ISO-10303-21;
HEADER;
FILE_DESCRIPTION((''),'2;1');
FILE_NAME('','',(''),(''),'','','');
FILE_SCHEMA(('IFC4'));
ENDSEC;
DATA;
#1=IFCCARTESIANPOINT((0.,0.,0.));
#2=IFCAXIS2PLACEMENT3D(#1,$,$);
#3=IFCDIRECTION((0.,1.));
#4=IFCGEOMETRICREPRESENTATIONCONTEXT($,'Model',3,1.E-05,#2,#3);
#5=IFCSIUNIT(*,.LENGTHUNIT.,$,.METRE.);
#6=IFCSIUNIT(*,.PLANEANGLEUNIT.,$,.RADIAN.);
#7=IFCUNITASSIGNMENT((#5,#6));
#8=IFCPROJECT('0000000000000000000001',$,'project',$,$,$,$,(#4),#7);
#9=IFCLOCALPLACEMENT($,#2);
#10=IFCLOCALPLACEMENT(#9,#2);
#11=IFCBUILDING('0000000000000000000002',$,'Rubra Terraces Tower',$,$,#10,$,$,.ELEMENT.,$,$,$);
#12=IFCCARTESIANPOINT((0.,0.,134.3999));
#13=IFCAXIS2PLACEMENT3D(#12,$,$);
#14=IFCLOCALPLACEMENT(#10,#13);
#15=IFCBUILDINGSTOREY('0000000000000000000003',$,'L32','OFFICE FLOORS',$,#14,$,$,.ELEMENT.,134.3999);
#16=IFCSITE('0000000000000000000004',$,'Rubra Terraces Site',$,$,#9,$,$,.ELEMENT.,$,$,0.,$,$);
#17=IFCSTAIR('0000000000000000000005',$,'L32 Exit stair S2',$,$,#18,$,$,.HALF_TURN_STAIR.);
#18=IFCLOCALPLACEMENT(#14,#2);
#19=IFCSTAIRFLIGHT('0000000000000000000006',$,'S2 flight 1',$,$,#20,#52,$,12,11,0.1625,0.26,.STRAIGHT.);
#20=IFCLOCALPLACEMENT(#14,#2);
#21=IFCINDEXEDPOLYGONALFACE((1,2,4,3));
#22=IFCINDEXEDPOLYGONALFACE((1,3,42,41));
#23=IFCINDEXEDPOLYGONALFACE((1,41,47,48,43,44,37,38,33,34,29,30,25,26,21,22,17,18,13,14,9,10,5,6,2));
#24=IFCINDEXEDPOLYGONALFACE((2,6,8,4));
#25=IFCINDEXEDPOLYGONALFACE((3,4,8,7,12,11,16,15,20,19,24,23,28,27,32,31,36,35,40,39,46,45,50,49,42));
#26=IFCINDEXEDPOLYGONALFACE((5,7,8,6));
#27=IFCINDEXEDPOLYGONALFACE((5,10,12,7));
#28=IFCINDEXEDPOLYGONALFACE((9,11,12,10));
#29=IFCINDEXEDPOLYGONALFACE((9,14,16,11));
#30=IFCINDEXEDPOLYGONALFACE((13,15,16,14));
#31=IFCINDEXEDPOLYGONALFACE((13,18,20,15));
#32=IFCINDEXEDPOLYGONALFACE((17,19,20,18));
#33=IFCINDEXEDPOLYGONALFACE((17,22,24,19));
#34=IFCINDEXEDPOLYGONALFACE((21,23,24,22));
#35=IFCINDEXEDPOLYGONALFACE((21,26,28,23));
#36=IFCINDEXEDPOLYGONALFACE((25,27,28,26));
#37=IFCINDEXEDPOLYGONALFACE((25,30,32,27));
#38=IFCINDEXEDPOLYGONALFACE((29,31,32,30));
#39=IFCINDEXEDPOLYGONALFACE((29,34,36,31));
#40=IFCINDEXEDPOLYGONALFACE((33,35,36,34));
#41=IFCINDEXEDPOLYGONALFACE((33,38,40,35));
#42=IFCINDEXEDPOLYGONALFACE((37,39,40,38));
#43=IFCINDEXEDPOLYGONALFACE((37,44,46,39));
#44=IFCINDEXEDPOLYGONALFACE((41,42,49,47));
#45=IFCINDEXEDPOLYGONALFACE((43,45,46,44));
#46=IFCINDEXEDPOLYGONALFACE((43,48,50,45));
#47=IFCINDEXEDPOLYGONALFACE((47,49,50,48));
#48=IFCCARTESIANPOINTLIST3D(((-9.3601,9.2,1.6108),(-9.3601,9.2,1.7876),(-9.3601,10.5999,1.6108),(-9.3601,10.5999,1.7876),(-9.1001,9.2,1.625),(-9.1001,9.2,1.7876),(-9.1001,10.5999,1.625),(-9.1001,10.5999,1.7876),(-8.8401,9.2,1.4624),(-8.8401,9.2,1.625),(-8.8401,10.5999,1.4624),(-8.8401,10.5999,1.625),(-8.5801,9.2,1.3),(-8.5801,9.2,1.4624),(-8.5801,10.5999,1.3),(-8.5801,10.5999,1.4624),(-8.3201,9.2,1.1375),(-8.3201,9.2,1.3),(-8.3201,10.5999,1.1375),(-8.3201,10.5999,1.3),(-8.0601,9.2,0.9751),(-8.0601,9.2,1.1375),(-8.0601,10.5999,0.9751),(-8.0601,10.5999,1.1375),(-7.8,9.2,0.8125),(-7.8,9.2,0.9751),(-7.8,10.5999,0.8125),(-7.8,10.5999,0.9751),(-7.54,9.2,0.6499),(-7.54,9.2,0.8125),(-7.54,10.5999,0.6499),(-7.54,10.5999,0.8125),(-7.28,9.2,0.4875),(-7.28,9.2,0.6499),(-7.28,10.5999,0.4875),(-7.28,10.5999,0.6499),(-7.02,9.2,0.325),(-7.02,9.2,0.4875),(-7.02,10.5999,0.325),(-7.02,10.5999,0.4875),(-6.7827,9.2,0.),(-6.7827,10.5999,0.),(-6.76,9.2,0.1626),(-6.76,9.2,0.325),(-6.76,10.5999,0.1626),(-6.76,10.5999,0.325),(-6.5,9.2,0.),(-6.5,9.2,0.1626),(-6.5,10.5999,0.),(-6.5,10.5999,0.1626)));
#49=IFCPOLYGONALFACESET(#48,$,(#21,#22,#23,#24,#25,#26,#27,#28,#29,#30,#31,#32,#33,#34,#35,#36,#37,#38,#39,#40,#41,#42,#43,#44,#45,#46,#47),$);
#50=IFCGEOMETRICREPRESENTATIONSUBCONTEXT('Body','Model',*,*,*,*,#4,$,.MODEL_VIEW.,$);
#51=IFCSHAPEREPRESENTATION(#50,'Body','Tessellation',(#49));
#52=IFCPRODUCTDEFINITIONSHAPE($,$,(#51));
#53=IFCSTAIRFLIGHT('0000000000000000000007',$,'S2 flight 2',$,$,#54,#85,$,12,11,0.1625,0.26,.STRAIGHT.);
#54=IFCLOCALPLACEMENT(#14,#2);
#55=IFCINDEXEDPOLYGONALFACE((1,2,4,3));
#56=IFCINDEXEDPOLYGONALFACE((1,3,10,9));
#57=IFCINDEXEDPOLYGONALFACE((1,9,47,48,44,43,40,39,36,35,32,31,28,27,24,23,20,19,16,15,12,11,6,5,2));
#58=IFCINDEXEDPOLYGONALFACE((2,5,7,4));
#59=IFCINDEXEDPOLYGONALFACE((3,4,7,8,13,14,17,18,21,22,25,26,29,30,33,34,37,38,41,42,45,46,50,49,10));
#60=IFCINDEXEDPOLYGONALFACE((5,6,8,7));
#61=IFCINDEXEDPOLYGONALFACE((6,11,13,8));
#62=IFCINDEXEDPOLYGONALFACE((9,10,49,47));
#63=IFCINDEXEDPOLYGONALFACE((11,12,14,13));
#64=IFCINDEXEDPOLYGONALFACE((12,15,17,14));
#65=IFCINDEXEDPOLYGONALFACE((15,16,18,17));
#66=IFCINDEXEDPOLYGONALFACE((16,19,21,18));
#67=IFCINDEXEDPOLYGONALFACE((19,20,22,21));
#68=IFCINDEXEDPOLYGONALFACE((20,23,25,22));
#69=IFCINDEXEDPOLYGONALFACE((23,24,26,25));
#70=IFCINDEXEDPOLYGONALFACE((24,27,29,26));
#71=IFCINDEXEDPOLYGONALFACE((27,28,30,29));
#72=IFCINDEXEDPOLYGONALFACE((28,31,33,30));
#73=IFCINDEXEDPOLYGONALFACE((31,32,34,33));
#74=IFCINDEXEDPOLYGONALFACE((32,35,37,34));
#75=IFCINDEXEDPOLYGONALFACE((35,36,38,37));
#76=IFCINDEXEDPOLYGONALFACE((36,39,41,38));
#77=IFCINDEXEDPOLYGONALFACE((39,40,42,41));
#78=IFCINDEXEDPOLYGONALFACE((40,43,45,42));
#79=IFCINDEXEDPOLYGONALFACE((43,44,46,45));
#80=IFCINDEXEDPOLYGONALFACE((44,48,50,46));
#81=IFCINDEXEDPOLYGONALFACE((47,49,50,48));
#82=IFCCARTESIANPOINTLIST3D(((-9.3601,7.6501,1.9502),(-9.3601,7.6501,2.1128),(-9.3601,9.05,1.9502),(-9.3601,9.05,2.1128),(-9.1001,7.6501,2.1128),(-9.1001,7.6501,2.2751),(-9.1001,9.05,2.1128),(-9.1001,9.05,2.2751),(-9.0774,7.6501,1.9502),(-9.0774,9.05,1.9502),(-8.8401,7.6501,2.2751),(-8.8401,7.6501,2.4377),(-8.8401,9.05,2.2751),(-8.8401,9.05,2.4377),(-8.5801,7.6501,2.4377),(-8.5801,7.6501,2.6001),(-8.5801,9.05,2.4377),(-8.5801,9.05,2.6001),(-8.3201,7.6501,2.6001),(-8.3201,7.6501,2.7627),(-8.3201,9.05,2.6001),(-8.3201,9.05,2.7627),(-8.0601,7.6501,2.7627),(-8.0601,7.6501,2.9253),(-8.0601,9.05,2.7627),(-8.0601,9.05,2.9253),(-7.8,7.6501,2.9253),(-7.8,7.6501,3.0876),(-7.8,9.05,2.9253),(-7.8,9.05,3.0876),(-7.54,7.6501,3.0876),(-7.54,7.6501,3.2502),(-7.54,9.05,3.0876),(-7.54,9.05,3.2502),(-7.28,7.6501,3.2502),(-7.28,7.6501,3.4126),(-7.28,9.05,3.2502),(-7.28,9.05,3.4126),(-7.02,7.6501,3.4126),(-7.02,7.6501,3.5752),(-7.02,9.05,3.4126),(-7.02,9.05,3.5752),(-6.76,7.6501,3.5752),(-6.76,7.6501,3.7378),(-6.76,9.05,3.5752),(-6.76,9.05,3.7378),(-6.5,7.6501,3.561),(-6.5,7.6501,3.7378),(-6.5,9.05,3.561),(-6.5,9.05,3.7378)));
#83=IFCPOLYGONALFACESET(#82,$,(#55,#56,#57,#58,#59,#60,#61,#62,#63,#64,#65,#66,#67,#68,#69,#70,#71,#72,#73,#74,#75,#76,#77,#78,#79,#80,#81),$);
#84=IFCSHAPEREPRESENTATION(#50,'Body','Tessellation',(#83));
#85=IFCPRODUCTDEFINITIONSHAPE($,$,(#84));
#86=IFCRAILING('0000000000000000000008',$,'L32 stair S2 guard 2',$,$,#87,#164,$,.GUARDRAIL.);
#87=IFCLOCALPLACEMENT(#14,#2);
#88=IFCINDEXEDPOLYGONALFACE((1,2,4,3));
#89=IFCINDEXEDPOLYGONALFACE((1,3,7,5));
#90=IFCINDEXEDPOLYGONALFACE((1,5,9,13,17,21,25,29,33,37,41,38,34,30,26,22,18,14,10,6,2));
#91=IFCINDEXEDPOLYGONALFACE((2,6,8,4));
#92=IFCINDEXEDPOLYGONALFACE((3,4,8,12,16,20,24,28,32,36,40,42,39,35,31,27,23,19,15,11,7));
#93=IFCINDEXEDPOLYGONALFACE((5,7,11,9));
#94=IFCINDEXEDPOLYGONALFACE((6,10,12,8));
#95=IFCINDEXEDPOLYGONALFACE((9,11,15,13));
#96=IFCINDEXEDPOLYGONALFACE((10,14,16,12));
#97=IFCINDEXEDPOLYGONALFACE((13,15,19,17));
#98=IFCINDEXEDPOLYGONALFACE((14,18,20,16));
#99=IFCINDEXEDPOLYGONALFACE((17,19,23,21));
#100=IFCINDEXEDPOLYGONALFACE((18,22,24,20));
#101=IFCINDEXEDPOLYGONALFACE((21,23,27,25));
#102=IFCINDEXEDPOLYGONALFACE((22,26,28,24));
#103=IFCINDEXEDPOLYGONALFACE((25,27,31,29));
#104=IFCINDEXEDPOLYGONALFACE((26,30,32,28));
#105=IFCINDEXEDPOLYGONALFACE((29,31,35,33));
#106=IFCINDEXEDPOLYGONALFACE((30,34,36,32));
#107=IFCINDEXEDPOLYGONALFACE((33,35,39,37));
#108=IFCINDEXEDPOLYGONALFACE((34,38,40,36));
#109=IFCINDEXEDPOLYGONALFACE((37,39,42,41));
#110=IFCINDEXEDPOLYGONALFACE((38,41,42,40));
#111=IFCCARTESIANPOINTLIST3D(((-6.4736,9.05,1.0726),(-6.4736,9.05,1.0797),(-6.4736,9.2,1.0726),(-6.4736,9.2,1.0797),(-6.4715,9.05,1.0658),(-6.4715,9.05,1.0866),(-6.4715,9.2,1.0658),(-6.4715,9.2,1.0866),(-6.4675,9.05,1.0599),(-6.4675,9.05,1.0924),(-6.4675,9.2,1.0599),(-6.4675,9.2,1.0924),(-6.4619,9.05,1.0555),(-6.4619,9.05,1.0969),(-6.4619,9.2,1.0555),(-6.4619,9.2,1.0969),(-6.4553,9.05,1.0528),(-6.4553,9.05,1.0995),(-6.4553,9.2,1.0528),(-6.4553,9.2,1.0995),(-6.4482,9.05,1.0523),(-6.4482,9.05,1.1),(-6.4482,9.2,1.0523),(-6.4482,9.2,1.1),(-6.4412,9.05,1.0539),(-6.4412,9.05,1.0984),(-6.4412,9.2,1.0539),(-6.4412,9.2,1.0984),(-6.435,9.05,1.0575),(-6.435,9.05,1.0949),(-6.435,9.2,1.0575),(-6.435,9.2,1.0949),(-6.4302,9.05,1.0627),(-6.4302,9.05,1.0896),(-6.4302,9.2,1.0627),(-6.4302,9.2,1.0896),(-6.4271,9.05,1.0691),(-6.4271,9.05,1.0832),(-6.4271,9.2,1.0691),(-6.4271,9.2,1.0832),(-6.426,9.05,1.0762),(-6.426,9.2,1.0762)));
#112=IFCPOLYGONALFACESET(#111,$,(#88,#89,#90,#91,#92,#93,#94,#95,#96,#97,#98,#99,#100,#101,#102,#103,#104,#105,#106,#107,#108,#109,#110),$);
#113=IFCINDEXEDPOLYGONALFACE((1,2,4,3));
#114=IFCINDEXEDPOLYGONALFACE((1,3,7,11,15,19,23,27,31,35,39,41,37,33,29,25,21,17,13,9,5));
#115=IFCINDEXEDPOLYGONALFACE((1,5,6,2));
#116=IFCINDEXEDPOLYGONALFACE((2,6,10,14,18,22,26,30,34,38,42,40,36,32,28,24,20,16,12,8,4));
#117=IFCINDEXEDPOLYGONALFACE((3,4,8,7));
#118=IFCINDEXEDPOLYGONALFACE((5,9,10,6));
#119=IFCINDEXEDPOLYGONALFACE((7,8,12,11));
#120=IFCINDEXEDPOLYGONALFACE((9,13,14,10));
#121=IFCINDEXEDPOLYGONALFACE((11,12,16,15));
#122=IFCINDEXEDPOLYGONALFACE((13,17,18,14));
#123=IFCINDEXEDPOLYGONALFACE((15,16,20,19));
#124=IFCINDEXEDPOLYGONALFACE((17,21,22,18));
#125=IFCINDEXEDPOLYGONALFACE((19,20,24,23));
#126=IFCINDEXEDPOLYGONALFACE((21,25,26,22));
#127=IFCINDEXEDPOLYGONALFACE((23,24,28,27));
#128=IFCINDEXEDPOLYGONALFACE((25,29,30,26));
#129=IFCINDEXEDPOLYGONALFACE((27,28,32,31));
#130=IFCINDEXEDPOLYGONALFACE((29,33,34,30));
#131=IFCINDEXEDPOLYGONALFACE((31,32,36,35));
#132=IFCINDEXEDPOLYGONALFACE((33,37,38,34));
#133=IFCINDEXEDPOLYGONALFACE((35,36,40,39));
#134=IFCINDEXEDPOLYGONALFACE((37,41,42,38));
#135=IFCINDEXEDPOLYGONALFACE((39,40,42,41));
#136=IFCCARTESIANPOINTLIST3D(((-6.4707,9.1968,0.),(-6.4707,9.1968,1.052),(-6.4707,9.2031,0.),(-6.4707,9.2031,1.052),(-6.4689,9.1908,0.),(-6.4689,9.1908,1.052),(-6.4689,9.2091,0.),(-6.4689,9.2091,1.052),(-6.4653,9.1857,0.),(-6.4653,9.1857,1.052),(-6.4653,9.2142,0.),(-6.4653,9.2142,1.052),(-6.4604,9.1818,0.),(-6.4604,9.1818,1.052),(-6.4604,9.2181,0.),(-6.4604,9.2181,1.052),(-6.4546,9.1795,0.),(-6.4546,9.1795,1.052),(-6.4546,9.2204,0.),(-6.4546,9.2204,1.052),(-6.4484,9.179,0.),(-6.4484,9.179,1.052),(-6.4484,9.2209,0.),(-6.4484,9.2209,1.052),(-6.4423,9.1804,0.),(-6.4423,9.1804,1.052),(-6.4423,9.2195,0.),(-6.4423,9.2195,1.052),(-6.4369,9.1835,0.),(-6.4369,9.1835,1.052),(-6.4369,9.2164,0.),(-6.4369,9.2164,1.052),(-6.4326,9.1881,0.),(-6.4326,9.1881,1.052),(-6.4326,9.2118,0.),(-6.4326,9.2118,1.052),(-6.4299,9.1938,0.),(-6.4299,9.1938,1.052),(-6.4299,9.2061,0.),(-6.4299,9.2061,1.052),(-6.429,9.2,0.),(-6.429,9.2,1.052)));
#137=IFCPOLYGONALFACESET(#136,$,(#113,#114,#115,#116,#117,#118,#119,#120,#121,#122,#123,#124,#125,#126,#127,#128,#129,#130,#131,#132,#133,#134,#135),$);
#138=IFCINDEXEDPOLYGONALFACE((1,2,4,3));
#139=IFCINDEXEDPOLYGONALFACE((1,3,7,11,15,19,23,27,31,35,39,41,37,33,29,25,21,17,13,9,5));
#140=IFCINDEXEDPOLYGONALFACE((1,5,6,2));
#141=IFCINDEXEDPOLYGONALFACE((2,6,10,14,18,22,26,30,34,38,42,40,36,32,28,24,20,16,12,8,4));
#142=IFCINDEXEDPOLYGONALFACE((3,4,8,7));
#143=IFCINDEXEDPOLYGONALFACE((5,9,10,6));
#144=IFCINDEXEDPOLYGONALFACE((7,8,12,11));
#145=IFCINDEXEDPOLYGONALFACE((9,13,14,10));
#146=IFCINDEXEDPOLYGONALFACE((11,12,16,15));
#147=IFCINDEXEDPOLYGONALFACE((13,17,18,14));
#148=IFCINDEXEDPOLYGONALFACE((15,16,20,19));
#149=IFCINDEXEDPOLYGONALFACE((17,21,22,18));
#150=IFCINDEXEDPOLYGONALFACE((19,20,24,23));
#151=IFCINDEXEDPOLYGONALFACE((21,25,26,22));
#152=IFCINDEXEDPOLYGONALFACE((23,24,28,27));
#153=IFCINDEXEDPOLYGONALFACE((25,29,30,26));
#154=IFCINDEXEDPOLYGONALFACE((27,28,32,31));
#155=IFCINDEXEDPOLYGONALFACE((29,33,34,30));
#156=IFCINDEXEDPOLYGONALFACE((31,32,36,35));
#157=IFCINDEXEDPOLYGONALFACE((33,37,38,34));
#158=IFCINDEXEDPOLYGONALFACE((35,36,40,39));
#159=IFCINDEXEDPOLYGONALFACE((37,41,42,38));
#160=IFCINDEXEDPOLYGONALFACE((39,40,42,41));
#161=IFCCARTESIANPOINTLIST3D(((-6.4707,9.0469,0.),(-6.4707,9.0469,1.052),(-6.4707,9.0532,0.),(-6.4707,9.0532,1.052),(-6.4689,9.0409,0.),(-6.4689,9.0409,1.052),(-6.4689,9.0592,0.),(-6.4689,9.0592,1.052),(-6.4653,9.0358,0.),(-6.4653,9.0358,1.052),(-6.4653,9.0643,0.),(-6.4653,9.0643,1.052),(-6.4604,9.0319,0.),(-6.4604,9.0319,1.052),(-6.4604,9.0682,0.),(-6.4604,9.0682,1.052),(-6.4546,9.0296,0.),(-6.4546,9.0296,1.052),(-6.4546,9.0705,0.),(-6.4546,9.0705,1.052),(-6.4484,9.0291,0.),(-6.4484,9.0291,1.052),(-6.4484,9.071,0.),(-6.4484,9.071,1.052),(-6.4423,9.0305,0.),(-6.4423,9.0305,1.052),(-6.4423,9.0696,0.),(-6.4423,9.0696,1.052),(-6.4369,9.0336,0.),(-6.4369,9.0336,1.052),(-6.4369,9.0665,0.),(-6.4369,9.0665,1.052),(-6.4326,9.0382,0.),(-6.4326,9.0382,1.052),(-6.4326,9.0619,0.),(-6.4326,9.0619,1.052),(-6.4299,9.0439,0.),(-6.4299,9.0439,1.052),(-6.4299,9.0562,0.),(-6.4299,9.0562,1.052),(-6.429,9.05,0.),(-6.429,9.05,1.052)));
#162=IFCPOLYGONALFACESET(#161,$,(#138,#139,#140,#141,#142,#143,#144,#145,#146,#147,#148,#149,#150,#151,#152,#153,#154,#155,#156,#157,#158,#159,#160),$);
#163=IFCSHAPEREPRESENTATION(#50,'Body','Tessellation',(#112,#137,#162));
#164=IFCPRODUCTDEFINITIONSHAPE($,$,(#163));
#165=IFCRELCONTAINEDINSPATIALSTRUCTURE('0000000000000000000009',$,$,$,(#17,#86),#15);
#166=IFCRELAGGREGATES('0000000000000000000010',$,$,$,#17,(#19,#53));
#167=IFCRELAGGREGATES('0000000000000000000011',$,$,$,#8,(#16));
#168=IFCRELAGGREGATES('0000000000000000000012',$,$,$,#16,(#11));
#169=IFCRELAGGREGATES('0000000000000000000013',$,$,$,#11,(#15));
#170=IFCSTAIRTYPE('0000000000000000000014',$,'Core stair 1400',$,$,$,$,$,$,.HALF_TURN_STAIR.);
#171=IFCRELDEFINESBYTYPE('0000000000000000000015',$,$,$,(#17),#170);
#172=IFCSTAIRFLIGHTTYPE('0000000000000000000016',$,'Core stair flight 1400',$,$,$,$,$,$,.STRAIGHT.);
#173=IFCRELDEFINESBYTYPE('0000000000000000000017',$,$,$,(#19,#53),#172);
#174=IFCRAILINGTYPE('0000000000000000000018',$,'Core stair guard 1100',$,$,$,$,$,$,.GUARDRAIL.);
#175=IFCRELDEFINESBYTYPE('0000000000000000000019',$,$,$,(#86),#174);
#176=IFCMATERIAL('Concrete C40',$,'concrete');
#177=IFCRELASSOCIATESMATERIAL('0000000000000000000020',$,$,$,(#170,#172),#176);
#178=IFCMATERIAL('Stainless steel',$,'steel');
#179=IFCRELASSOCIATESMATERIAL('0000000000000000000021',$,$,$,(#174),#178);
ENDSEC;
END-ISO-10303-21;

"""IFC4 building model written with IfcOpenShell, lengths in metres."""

from ifc_helpers import new_model, si_unit, direction, frame, origin, origin_2d, place, context, subcontext, project, spatial, polyline, circle, outline, extrude, material, type_object, element, aggregate, save


model = new_model("IFC4")

# Units and contexts
model_context = context("Model", 3, precision=1e-05, world=origin(), true_north=direction((0.0, 1.0)))
body_context = subcontext(model_context, "Body", "Model", "MODEL_VIEW")
ifc_project = project(units=[si_unit("LENGTHUNIT", "METRE"), si_unit("PLANEANGLEUNIT", "RADIAN")], contexts=[model_context])

# Site, building, storey
site_placement = place(None, origin())
site = spatial("IfcSite", under=ifc_project, at=site_placement, Name="Rubra Terraces Site", CompositionType="ELEMENT", RefElevation=0.0)
building_placement = place(site_placement, origin())
building = spatial("IfcBuilding", under=site, at=building_placement, Name="Rubra Terraces Tower", CompositionType="ELEMENT")
storey_placement = place(building_placement, frame((0.0, 0.0, 134.3999)))
storey = spatial("IfcBuildingStorey", under=building, at=storey_placement, Name="L32", Description="OFFICE FLOORS", CompositionType="ELEMENT", Elevation=134.3999)

# Shared definitions
ifc_material_1 = material(Name="Concrete C40", Category="concrete")

# Shared definitions
ifc_material_2 = material(Name="Stainless steel", Category="steel")

# Stair, stair flights
stair_type = type_object("IfcStairType", Name="Core stair 1400", PredefinedType="HALF_TURN_STAIR", material=ifc_material_1)
stair_placement = place(storey_placement, origin())
stair = element("IfcStair", 1, at=stair_placement, inside=storey, type_object=stair_type, Name="L32 Exit stair S2", PredefinedType="HALF_TURN_STAIR")
stair_flight_type = type_object("IfcStairFlightType", Name="Core stair flight 1400", PredefinedType="STRAIGHT", material=ifc_material_1)
stair_flight_1_placement = place(storey_placement, frame((-6.5, 9.8999, 0.0), z_axis=(0.0, 0.0, 1.0), x_axis=(-1.0, 0.0, 0.0)))
stair_flight_1 = element("IfcStairFlight", 2, at=stair_flight_1_placement, type_object=stair_flight_type, Name="S2 flight 1", NumberOfRisers=12, NumberOfTreads=11, PredefinedType="STRAIGHT", RiserHeight=0.1625, TreadLength=0.26, context=body_context, shape_type="SweptSolid", body=[
    extrude(outline(polyline([(0.0, 0.0), (0.0, 0.1626), (0.26, 0.1626), (0.26, 0.325), (0.52, 0.325), (0.52, 0.4875), (0.78, 0.4875), (0.78, 0.6499), (1.04, 0.6499), (1.04, 0.8125), (1.3, 0.8125), (1.3, 0.9751), (1.5601, 0.9751), (1.5601, 1.1375), (1.8201, 1.1375), (1.8201, 1.3), (2.0801, 1.3), (2.0801, 1.4624), (2.3401, 1.4624), (2.3401, 1.625), (2.6001, 1.625), (2.6001, 1.7876), (2.8601, 1.7876), (2.8601, 1.95), (2.8601, 1.6108), (0.2827, 0.0), (0.0, 0.0)])), frame((0.0, 0.7, 0.0), z_axis=(0.0, -1.0, 0.0), x_axis=(1.0, 0.0, 0.0)), (0.0, 0.0, 1.0), 1.3999),
])
stair_flight_2_placement = place(storey_placement, frame((-9.3601, 8.3501, 1.9502), z_axis=(0.0, 0.0, 1.0), x_axis=(1.0, 0.0, 0.0)))
stair_flight_2 = element("IfcStairFlight", 3, at=stair_flight_2_placement, type_object=stair_flight_type, Name="S2 flight 2", NumberOfRisers=12, NumberOfTreads=11, PredefinedType="STRAIGHT", RiserHeight=0.1625, TreadLength=0.26, context=body_context, shape_type="SweptSolid", body=[
    extrude(outline(polyline([(0.0, 0.0), (0.0, 0.1626), (0.26, 0.1626), (0.26, 0.325), (0.52, 0.325), (0.52, 0.4875), (0.78, 0.4875), (0.78, 0.6499), (1.04, 0.6499), (1.04, 0.8125), (1.3, 0.8125), (1.3, 0.9751), (1.5601, 0.9751), (1.5601, 1.1375), (1.8201, 1.1375), (1.8201, 1.3), (2.0801, 1.3), (2.0801, 1.4624), (2.3401, 1.4624), (2.3401, 1.625), (2.6001, 1.625), (2.6001, 1.7876), (2.8601, 1.7876), (2.8601, 1.95), (2.8601, 1.6108), (0.2827, 0.0), (0.0, 0.0)])), frame((0.0, 0.7, 0.0), z_axis=(0.0, -1.0, 0.0), x_axis=(1.0, 0.0, 0.0)), (0.0, 0.0, 1.0), 1.3999),
])
aggregate(stair, [stair_flight_1, stair_flight_2])

# Railing
railing_type_1 = type_object("IfcRailingType", Name="Core stair guard 1100", PredefinedType="GUARDRAIL", material=ifc_material_2)
railing_1_placement = place(storey_placement, frame((-6.45, 9.2, 0.0)))
element("IfcRailing", 4, at=railing_1_placement, inside=storey, type_object=railing_type_1, Name="L32 stair S2 guard 2", PredefinedType="GUARDRAIL", context=body_context, shape_type="SweptSolid", body=[
    extrude(circle(Radius=0.0239, at=origin_2d()), frame((0.0, 0.0, 1.0762), z_axis=(0.0, -1.0, 0.0), x_axis=(1.0, 0.0, 0.0)), (0.0, 0.0, 1.0), 0.1499),
    extrude(circle(Radius=0.021, at=origin_2d()), origin(), (0.0, 0.0, 1.0), 1.052),
    extrude(circle(Radius=0.021, at=origin_2d()), frame((0.0, -0.1499, 0.0)), (0.0, 0.0, 1.0), 1.052),
])

save(model, "model.ifc")
